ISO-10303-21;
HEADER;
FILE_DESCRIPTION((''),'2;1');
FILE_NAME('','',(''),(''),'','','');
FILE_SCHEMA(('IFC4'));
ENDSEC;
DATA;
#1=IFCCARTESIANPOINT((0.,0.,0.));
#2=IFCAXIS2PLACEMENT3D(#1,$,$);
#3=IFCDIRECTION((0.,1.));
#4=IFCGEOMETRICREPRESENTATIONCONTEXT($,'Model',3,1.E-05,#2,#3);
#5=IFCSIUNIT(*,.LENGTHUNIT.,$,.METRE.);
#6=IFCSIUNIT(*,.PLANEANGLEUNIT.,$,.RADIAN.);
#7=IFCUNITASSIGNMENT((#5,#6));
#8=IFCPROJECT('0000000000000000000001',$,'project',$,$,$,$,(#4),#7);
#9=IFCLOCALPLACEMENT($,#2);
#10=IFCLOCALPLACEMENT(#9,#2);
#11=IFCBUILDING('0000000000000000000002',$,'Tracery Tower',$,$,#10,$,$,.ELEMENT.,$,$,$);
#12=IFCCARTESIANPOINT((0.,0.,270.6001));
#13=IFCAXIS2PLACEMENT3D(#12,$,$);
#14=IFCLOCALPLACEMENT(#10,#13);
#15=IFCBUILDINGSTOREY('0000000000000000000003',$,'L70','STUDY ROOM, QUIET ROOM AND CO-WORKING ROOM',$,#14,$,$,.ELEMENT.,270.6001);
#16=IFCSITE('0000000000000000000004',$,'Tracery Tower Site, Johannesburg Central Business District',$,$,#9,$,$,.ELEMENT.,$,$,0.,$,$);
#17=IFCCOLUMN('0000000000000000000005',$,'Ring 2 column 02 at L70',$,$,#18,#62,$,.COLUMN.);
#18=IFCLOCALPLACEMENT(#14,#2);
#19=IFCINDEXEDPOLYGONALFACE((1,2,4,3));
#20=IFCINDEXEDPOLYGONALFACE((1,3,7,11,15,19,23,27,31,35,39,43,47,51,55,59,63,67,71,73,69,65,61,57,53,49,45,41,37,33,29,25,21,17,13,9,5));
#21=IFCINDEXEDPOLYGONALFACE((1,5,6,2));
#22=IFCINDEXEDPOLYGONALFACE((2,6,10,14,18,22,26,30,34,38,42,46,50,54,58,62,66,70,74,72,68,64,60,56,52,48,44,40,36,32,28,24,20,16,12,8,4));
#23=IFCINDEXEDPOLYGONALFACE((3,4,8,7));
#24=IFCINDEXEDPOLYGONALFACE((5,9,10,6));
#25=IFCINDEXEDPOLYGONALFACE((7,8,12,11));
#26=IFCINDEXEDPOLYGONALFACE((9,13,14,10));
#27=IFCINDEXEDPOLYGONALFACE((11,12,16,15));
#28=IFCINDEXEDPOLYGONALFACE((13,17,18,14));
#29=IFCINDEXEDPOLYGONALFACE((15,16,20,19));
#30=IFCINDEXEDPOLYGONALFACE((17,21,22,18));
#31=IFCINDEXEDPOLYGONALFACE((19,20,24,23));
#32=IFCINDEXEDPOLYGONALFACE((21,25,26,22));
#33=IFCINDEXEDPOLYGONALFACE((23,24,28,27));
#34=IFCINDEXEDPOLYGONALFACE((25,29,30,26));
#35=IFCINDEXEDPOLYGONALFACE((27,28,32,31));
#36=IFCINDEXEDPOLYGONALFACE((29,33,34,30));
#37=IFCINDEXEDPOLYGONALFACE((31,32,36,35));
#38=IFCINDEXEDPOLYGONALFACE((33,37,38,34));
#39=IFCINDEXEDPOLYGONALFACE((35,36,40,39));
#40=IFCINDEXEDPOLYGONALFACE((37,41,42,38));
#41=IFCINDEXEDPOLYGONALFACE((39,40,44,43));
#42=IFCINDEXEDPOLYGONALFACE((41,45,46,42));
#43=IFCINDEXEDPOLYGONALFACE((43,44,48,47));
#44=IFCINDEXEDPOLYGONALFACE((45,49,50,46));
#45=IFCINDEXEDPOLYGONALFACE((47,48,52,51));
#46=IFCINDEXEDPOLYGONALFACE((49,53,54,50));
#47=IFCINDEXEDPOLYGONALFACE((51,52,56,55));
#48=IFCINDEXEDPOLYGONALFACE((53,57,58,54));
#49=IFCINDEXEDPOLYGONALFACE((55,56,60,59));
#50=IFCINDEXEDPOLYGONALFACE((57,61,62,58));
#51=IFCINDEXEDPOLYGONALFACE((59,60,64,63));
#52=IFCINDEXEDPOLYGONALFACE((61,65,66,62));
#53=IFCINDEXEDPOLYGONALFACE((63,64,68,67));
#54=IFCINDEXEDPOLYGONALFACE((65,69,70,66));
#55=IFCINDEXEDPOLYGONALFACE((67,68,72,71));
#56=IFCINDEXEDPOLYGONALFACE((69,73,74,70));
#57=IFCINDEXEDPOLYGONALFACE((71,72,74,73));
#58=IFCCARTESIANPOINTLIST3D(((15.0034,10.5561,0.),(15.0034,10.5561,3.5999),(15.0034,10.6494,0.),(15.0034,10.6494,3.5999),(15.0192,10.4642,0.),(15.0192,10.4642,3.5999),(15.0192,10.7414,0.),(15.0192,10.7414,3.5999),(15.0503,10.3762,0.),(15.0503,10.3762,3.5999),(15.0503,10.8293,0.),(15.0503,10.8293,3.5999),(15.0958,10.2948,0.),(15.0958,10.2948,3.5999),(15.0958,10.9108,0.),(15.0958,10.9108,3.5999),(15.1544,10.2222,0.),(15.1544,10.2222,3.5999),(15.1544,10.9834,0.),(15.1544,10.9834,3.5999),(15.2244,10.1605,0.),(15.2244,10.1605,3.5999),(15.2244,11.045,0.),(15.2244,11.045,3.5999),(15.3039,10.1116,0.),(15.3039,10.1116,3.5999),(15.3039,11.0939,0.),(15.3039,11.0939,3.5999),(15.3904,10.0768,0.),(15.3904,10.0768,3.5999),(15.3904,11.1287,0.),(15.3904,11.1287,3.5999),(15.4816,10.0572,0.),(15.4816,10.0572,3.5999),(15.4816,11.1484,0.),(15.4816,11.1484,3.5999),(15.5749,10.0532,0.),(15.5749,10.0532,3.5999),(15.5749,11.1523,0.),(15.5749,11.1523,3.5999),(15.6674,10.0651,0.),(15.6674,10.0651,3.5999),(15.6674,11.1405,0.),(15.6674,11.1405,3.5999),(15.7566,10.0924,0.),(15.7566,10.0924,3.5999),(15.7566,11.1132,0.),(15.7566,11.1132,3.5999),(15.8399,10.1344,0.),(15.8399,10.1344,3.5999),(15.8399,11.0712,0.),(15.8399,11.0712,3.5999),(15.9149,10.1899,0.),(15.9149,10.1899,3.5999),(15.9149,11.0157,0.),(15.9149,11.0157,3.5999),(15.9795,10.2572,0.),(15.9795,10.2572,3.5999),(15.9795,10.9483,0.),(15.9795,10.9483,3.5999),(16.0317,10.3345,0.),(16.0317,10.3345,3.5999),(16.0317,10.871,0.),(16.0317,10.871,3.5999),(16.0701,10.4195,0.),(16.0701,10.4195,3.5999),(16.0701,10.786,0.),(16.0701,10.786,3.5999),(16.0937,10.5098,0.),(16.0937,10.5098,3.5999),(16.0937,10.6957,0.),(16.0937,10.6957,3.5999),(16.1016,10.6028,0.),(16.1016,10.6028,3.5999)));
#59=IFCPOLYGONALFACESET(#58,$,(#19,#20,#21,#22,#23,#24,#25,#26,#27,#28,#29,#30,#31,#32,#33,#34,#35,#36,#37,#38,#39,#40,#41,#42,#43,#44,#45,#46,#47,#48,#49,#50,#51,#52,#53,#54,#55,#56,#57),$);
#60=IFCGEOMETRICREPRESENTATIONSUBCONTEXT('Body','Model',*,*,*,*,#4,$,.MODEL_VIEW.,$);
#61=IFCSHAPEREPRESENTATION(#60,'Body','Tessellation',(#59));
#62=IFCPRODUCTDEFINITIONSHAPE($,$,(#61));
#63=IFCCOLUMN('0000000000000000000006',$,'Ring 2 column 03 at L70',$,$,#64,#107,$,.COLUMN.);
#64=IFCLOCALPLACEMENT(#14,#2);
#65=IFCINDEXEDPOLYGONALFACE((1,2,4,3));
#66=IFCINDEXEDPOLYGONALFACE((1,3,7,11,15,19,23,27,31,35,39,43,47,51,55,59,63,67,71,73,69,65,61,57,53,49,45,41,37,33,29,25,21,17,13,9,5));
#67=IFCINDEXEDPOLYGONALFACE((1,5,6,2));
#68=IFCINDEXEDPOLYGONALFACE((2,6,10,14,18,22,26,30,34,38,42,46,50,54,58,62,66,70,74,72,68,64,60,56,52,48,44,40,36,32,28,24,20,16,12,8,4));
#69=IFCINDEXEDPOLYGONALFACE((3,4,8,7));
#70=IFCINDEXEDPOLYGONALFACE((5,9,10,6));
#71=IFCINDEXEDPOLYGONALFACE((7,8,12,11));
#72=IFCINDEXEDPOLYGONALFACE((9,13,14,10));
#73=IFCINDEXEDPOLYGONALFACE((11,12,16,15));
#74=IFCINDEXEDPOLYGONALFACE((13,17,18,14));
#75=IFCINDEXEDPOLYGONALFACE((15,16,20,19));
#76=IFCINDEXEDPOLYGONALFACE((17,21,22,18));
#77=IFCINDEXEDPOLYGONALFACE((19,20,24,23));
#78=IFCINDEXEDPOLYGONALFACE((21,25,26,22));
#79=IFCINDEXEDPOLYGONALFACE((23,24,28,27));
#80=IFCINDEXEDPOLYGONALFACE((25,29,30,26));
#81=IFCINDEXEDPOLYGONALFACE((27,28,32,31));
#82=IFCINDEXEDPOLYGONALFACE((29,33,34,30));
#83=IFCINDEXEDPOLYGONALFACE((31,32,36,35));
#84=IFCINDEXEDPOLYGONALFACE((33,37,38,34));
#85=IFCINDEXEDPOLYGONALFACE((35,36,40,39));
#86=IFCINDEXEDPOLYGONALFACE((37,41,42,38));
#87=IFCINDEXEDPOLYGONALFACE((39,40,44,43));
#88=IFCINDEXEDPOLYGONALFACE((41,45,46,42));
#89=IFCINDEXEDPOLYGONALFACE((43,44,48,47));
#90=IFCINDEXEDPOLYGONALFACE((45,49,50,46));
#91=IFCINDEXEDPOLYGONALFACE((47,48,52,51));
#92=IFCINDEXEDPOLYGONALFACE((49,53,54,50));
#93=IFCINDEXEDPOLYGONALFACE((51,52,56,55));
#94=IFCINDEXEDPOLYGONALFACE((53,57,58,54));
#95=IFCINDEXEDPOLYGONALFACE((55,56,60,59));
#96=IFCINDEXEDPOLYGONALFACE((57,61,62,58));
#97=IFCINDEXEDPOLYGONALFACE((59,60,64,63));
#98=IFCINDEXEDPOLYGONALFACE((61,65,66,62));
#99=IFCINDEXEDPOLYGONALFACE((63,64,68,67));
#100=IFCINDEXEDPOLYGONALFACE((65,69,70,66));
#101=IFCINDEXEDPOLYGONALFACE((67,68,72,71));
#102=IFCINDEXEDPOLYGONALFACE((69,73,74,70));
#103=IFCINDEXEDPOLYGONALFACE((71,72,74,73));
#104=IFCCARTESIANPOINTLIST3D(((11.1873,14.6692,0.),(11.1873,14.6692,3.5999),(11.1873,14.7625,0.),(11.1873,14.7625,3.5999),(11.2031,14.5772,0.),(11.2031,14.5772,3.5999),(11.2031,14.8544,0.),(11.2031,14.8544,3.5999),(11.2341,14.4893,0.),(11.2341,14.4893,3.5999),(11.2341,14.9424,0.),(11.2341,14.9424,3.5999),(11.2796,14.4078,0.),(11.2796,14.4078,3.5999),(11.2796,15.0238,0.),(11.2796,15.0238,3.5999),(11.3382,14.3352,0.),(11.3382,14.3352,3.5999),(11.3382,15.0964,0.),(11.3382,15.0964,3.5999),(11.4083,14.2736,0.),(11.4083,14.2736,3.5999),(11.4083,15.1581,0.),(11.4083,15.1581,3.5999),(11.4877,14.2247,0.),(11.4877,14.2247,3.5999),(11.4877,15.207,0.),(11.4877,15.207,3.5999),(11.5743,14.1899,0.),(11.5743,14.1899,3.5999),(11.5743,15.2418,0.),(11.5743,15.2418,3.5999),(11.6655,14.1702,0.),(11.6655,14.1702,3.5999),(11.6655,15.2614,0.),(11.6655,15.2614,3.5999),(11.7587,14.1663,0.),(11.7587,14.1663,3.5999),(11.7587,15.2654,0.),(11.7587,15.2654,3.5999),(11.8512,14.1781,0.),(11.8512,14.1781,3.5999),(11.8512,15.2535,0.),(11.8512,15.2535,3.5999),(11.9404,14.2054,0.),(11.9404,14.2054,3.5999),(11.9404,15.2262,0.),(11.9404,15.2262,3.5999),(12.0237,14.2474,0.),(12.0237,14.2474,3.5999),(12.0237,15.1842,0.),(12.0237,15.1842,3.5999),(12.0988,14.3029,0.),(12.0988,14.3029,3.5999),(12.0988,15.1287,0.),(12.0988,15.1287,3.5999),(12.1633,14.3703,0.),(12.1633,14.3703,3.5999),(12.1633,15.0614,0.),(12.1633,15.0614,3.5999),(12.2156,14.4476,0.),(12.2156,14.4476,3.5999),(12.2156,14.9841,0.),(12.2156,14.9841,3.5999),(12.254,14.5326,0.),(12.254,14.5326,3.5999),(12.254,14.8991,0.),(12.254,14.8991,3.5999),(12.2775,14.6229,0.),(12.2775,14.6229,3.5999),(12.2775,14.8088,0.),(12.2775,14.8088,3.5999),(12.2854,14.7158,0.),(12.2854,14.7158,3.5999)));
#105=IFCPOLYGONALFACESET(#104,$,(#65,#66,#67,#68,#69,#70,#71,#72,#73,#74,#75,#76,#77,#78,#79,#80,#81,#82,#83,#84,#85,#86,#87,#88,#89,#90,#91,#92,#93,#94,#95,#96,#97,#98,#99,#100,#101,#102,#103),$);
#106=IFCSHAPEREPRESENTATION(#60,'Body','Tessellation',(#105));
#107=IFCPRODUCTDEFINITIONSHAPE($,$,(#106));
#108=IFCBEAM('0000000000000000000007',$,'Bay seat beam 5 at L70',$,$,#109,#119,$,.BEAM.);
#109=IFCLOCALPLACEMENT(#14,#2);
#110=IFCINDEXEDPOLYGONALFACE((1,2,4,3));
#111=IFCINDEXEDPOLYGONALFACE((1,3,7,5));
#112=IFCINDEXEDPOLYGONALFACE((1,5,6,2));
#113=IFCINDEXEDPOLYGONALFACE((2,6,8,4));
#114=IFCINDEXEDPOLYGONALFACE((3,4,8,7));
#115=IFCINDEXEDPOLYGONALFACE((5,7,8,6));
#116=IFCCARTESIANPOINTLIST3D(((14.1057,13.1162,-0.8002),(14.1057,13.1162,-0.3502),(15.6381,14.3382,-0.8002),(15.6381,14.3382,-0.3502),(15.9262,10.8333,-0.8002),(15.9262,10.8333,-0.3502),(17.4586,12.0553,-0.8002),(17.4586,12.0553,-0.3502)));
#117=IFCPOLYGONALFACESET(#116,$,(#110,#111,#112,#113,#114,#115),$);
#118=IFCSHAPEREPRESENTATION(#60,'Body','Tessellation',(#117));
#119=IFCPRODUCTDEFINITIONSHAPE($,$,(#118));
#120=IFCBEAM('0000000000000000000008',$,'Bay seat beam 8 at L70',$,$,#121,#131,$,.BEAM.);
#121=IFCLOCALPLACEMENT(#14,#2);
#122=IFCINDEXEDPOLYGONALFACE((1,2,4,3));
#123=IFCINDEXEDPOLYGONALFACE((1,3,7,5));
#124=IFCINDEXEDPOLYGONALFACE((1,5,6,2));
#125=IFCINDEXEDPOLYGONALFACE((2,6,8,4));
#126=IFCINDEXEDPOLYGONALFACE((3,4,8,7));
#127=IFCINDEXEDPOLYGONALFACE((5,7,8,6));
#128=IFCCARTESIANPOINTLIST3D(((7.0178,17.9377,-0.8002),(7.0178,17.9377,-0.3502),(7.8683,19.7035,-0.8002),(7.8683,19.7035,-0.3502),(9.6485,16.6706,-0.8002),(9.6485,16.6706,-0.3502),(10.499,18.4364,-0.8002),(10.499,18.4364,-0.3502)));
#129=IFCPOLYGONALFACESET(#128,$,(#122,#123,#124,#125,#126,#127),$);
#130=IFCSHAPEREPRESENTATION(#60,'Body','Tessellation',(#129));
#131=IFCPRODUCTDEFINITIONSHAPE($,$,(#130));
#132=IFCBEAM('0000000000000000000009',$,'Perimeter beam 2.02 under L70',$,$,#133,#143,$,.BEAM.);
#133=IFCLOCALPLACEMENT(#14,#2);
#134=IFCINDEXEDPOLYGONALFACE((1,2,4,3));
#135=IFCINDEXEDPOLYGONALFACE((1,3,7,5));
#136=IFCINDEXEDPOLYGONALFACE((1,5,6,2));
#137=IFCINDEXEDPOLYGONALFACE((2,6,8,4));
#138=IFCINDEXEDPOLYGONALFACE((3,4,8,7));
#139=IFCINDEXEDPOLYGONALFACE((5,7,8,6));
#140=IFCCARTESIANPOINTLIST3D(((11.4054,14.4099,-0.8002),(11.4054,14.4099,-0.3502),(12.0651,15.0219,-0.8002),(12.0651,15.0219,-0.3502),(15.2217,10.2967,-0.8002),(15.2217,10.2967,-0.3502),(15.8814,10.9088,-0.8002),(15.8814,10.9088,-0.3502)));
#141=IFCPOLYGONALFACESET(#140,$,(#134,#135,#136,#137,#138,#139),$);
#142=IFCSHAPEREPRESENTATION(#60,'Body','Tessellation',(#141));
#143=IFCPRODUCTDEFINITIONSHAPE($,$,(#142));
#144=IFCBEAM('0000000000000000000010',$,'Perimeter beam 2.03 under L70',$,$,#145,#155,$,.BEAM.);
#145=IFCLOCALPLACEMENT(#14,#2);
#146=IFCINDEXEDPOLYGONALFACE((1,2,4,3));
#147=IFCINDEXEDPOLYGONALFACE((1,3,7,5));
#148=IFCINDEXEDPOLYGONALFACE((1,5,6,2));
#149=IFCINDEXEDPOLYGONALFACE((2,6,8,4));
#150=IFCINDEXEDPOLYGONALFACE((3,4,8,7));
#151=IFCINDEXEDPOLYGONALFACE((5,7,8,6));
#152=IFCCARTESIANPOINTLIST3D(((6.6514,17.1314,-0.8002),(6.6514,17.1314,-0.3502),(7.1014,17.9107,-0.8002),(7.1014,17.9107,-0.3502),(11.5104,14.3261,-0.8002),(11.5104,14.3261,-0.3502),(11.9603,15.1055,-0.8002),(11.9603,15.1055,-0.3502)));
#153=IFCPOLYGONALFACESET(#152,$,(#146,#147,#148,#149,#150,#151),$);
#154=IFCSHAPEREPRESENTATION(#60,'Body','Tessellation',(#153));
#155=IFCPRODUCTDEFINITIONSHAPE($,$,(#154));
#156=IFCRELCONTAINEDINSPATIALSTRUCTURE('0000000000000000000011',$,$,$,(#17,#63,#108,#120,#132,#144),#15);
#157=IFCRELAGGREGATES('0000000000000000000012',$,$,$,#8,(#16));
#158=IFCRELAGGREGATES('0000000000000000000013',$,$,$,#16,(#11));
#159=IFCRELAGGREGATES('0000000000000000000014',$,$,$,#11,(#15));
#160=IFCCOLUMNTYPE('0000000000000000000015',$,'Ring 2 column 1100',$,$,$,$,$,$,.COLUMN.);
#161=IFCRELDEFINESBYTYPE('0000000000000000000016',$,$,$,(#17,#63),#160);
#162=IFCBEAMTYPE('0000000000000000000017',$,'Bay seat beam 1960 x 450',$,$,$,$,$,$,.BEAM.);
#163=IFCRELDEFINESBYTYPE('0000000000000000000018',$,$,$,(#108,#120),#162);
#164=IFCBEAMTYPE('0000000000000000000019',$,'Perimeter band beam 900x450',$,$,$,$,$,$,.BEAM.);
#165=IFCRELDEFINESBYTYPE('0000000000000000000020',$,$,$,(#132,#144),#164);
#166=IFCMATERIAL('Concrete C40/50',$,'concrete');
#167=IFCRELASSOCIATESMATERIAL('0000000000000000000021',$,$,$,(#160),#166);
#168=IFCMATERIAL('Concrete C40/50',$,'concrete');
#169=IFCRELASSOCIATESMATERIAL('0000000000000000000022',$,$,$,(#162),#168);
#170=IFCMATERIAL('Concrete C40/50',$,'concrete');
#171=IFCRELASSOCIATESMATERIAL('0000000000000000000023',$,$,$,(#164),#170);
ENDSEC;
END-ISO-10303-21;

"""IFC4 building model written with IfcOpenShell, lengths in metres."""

from ifc_helpers import new_model, si_unit, direction, frame, origin, origin_2d, place, context, subcontext, project, spatial, rectangle, circle, extrude, material, material_profile, profile_set, type_object, element, save


model = new_model("IFC4")

# Units and contexts
model_context = context("Model", 3, precision=1e-05, world=origin(), true_north=direction((0.0, 1.0)))
body_context = subcontext(model_context, "Body", "Model", "MODEL_VIEW")
ifc_project = project(units=[si_unit("LENGTHUNIT", "METRE"), si_unit("PLANEANGLEUNIT", "RADIAN")], contexts=[model_context])

# Site, building, storey
site_placement = place(None, origin())
site = spatial("IfcSite", under=ifc_project, at=site_placement, Name="Tracery Tower Site, Johannesburg Central Business District", CompositionType="ELEMENT", RefElevation=0.0)
building_placement = place(site_placement, origin())
building = spatial("IfcBuilding", under=site, at=building_placement, Name="Tracery Tower", CompositionType="ELEMENT")
storey_placement = place(building_placement, frame((0.0, 0.0, 270.6001)))
storey = spatial("IfcBuildingStorey", under=building, at=storey_placement, Name="L70", Description="STUDY ROOM, QUIET ROOM AND CO-WORKING ROOM", CompositionType="ELEMENT", Elevation=270.6001)

# Columns
ifc_material_1 = material(Name="Concrete C40/50", Category="concrete")
ifc_material_profile_1 = material_profile(ifc_material_1, circle(Radius=0.55, at=origin_2d()), Name="RC D1100")
ifc_profile_set_1 = profile_set([ifc_material_profile_1], Name="Concrete C40/50")
column_type = type_object("IfcColumnType", Name="Ring 2 column 1100", PredefinedType="COLUMN", material=ifc_profile_set_1)
for number, where, z_axis, x_axis, name in (
    (1, (15.5515, 10.6028, 0.0), (0.0, 0.0, 1.0), (1.0, 0.0, 0.0), "Ring 2 column 02 at L70"),
    (2, (11.7354, 14.7158, 0.0), (0.0, 0.0, 1.0), (1.0, 0.0, 0.0), "Ring 2 column 03 at L70"),
):
    element("IfcColumn", number, at=place(storey_placement, frame(where, z_axis=z_axis, x_axis=x_axis)), inside=storey, type_object=column_type, Name=name, PredefinedType="COLUMN", context=body_context, shape_type="SweptSolid", body=[
        extrude(circle(Radius=0.55, at=origin_2d()), origin(), (0.0, 0.0, 1.0), 3.5999),
    ])

# Beams
ifc_material_2 = material(Name="Concrete C40/50", Category="concrete")
ifc_material_profile_2 = material_profile(ifc_material_2, rectangle(XDim=1.96, YDim=0.45, at=origin_2d()), Name="RC 1960x450")
ifc_profile_set_2 = profile_set([ifc_material_profile_2], Name="Concrete C40/50")
beam_type_1 = type_object("IfcBeamType", Name="Bay seat beam 1960 x 450", PredefinedType="BEAM", material=ifc_profile_set_2)
for number, where, z_axis, x_axis, name in (
    (3, (16.6924, 11.4443, -0.5752), (-0.623481, 0.781839, 0.0), (-0.781839, -0.623481, 0.0), "Bay seat beam 5 at L70"),
    (4, (10.0737, 17.5535, -0.5752), (-0.900935, 0.433954, 0.0), (-0.433954, -0.900935, 0.0), "Bay seat beam 8 at L70"),
):
    element("IfcBeam", number, at=place(storey_placement, frame(where, z_axis=z_axis, x_axis=x_axis)), inside=storey, type_object=beam_type_1, Name=name, PredefinedType="BEAM", context=body_context, shape_type="SweptSolid", body=[
        extrude(rectangle(XDim=1.96, YDim=0.45, at=origin_2d()), origin(), (0.0, 0.0, 1.0), 2.9199),
    ])
ifc_material_3 = material(Name="Concrete C40/50", Category="concrete")
ifc_material_profile_3 = material_profile(ifc_material_3, rectangle(XDim=0.8999, YDim=0.45, at=origin_2d()), Name="RC 900x450")
ifc_profile_set_3 = profile_set([ifc_material_profile_3], Name="Concrete C40/50")
beam_type_2 = type_object("IfcBeamType", Name="Perimeter band beam 900x450", PredefinedType="BEAM", material=ifc_profile_set_3)
beam_1_placement = place(storey_placement, frame((15.5515, 10.6028, -0.5752), z_axis=(-0.680156, 0.733068, 0.0), x_axis=(-0.733068, -0.680156, 0.0)))
element("IfcBeam", 5, at=beam_1_placement, inside=storey, type_object=beam_type_2, Name="Perimeter beam 2.02 under L70", PredefinedType="BEAM", context=body_context, shape_type="SweptSolid", body=[
    extrude(rectangle(XDim=0.8999, YDim=0.45, at=origin_2d()), origin(), (0.0, 0.0, 1.0), 5.6108),
])
beam_2_placement = place(storey_placement, frame((11.7354, 14.7158, -0.5752), z_axis=(-0.866033, 0.499986, 0.0), x_axis=(-0.499986, -0.866033, 0.0)))
element("IfcBeam", 6, at=beam_2_placement, inside=storey, type_object=beam_type_2, Name="Perimeter beam 2.03 under L70", PredefinedType="BEAM", context=body_context, shape_type="SweptSolid", body=[
    extrude(rectangle(XDim=0.8999, YDim=0.45, at=origin_2d()), origin(), (0.0, 0.0, 1.0), 5.6106),
])

save(model, "model.ifc")
